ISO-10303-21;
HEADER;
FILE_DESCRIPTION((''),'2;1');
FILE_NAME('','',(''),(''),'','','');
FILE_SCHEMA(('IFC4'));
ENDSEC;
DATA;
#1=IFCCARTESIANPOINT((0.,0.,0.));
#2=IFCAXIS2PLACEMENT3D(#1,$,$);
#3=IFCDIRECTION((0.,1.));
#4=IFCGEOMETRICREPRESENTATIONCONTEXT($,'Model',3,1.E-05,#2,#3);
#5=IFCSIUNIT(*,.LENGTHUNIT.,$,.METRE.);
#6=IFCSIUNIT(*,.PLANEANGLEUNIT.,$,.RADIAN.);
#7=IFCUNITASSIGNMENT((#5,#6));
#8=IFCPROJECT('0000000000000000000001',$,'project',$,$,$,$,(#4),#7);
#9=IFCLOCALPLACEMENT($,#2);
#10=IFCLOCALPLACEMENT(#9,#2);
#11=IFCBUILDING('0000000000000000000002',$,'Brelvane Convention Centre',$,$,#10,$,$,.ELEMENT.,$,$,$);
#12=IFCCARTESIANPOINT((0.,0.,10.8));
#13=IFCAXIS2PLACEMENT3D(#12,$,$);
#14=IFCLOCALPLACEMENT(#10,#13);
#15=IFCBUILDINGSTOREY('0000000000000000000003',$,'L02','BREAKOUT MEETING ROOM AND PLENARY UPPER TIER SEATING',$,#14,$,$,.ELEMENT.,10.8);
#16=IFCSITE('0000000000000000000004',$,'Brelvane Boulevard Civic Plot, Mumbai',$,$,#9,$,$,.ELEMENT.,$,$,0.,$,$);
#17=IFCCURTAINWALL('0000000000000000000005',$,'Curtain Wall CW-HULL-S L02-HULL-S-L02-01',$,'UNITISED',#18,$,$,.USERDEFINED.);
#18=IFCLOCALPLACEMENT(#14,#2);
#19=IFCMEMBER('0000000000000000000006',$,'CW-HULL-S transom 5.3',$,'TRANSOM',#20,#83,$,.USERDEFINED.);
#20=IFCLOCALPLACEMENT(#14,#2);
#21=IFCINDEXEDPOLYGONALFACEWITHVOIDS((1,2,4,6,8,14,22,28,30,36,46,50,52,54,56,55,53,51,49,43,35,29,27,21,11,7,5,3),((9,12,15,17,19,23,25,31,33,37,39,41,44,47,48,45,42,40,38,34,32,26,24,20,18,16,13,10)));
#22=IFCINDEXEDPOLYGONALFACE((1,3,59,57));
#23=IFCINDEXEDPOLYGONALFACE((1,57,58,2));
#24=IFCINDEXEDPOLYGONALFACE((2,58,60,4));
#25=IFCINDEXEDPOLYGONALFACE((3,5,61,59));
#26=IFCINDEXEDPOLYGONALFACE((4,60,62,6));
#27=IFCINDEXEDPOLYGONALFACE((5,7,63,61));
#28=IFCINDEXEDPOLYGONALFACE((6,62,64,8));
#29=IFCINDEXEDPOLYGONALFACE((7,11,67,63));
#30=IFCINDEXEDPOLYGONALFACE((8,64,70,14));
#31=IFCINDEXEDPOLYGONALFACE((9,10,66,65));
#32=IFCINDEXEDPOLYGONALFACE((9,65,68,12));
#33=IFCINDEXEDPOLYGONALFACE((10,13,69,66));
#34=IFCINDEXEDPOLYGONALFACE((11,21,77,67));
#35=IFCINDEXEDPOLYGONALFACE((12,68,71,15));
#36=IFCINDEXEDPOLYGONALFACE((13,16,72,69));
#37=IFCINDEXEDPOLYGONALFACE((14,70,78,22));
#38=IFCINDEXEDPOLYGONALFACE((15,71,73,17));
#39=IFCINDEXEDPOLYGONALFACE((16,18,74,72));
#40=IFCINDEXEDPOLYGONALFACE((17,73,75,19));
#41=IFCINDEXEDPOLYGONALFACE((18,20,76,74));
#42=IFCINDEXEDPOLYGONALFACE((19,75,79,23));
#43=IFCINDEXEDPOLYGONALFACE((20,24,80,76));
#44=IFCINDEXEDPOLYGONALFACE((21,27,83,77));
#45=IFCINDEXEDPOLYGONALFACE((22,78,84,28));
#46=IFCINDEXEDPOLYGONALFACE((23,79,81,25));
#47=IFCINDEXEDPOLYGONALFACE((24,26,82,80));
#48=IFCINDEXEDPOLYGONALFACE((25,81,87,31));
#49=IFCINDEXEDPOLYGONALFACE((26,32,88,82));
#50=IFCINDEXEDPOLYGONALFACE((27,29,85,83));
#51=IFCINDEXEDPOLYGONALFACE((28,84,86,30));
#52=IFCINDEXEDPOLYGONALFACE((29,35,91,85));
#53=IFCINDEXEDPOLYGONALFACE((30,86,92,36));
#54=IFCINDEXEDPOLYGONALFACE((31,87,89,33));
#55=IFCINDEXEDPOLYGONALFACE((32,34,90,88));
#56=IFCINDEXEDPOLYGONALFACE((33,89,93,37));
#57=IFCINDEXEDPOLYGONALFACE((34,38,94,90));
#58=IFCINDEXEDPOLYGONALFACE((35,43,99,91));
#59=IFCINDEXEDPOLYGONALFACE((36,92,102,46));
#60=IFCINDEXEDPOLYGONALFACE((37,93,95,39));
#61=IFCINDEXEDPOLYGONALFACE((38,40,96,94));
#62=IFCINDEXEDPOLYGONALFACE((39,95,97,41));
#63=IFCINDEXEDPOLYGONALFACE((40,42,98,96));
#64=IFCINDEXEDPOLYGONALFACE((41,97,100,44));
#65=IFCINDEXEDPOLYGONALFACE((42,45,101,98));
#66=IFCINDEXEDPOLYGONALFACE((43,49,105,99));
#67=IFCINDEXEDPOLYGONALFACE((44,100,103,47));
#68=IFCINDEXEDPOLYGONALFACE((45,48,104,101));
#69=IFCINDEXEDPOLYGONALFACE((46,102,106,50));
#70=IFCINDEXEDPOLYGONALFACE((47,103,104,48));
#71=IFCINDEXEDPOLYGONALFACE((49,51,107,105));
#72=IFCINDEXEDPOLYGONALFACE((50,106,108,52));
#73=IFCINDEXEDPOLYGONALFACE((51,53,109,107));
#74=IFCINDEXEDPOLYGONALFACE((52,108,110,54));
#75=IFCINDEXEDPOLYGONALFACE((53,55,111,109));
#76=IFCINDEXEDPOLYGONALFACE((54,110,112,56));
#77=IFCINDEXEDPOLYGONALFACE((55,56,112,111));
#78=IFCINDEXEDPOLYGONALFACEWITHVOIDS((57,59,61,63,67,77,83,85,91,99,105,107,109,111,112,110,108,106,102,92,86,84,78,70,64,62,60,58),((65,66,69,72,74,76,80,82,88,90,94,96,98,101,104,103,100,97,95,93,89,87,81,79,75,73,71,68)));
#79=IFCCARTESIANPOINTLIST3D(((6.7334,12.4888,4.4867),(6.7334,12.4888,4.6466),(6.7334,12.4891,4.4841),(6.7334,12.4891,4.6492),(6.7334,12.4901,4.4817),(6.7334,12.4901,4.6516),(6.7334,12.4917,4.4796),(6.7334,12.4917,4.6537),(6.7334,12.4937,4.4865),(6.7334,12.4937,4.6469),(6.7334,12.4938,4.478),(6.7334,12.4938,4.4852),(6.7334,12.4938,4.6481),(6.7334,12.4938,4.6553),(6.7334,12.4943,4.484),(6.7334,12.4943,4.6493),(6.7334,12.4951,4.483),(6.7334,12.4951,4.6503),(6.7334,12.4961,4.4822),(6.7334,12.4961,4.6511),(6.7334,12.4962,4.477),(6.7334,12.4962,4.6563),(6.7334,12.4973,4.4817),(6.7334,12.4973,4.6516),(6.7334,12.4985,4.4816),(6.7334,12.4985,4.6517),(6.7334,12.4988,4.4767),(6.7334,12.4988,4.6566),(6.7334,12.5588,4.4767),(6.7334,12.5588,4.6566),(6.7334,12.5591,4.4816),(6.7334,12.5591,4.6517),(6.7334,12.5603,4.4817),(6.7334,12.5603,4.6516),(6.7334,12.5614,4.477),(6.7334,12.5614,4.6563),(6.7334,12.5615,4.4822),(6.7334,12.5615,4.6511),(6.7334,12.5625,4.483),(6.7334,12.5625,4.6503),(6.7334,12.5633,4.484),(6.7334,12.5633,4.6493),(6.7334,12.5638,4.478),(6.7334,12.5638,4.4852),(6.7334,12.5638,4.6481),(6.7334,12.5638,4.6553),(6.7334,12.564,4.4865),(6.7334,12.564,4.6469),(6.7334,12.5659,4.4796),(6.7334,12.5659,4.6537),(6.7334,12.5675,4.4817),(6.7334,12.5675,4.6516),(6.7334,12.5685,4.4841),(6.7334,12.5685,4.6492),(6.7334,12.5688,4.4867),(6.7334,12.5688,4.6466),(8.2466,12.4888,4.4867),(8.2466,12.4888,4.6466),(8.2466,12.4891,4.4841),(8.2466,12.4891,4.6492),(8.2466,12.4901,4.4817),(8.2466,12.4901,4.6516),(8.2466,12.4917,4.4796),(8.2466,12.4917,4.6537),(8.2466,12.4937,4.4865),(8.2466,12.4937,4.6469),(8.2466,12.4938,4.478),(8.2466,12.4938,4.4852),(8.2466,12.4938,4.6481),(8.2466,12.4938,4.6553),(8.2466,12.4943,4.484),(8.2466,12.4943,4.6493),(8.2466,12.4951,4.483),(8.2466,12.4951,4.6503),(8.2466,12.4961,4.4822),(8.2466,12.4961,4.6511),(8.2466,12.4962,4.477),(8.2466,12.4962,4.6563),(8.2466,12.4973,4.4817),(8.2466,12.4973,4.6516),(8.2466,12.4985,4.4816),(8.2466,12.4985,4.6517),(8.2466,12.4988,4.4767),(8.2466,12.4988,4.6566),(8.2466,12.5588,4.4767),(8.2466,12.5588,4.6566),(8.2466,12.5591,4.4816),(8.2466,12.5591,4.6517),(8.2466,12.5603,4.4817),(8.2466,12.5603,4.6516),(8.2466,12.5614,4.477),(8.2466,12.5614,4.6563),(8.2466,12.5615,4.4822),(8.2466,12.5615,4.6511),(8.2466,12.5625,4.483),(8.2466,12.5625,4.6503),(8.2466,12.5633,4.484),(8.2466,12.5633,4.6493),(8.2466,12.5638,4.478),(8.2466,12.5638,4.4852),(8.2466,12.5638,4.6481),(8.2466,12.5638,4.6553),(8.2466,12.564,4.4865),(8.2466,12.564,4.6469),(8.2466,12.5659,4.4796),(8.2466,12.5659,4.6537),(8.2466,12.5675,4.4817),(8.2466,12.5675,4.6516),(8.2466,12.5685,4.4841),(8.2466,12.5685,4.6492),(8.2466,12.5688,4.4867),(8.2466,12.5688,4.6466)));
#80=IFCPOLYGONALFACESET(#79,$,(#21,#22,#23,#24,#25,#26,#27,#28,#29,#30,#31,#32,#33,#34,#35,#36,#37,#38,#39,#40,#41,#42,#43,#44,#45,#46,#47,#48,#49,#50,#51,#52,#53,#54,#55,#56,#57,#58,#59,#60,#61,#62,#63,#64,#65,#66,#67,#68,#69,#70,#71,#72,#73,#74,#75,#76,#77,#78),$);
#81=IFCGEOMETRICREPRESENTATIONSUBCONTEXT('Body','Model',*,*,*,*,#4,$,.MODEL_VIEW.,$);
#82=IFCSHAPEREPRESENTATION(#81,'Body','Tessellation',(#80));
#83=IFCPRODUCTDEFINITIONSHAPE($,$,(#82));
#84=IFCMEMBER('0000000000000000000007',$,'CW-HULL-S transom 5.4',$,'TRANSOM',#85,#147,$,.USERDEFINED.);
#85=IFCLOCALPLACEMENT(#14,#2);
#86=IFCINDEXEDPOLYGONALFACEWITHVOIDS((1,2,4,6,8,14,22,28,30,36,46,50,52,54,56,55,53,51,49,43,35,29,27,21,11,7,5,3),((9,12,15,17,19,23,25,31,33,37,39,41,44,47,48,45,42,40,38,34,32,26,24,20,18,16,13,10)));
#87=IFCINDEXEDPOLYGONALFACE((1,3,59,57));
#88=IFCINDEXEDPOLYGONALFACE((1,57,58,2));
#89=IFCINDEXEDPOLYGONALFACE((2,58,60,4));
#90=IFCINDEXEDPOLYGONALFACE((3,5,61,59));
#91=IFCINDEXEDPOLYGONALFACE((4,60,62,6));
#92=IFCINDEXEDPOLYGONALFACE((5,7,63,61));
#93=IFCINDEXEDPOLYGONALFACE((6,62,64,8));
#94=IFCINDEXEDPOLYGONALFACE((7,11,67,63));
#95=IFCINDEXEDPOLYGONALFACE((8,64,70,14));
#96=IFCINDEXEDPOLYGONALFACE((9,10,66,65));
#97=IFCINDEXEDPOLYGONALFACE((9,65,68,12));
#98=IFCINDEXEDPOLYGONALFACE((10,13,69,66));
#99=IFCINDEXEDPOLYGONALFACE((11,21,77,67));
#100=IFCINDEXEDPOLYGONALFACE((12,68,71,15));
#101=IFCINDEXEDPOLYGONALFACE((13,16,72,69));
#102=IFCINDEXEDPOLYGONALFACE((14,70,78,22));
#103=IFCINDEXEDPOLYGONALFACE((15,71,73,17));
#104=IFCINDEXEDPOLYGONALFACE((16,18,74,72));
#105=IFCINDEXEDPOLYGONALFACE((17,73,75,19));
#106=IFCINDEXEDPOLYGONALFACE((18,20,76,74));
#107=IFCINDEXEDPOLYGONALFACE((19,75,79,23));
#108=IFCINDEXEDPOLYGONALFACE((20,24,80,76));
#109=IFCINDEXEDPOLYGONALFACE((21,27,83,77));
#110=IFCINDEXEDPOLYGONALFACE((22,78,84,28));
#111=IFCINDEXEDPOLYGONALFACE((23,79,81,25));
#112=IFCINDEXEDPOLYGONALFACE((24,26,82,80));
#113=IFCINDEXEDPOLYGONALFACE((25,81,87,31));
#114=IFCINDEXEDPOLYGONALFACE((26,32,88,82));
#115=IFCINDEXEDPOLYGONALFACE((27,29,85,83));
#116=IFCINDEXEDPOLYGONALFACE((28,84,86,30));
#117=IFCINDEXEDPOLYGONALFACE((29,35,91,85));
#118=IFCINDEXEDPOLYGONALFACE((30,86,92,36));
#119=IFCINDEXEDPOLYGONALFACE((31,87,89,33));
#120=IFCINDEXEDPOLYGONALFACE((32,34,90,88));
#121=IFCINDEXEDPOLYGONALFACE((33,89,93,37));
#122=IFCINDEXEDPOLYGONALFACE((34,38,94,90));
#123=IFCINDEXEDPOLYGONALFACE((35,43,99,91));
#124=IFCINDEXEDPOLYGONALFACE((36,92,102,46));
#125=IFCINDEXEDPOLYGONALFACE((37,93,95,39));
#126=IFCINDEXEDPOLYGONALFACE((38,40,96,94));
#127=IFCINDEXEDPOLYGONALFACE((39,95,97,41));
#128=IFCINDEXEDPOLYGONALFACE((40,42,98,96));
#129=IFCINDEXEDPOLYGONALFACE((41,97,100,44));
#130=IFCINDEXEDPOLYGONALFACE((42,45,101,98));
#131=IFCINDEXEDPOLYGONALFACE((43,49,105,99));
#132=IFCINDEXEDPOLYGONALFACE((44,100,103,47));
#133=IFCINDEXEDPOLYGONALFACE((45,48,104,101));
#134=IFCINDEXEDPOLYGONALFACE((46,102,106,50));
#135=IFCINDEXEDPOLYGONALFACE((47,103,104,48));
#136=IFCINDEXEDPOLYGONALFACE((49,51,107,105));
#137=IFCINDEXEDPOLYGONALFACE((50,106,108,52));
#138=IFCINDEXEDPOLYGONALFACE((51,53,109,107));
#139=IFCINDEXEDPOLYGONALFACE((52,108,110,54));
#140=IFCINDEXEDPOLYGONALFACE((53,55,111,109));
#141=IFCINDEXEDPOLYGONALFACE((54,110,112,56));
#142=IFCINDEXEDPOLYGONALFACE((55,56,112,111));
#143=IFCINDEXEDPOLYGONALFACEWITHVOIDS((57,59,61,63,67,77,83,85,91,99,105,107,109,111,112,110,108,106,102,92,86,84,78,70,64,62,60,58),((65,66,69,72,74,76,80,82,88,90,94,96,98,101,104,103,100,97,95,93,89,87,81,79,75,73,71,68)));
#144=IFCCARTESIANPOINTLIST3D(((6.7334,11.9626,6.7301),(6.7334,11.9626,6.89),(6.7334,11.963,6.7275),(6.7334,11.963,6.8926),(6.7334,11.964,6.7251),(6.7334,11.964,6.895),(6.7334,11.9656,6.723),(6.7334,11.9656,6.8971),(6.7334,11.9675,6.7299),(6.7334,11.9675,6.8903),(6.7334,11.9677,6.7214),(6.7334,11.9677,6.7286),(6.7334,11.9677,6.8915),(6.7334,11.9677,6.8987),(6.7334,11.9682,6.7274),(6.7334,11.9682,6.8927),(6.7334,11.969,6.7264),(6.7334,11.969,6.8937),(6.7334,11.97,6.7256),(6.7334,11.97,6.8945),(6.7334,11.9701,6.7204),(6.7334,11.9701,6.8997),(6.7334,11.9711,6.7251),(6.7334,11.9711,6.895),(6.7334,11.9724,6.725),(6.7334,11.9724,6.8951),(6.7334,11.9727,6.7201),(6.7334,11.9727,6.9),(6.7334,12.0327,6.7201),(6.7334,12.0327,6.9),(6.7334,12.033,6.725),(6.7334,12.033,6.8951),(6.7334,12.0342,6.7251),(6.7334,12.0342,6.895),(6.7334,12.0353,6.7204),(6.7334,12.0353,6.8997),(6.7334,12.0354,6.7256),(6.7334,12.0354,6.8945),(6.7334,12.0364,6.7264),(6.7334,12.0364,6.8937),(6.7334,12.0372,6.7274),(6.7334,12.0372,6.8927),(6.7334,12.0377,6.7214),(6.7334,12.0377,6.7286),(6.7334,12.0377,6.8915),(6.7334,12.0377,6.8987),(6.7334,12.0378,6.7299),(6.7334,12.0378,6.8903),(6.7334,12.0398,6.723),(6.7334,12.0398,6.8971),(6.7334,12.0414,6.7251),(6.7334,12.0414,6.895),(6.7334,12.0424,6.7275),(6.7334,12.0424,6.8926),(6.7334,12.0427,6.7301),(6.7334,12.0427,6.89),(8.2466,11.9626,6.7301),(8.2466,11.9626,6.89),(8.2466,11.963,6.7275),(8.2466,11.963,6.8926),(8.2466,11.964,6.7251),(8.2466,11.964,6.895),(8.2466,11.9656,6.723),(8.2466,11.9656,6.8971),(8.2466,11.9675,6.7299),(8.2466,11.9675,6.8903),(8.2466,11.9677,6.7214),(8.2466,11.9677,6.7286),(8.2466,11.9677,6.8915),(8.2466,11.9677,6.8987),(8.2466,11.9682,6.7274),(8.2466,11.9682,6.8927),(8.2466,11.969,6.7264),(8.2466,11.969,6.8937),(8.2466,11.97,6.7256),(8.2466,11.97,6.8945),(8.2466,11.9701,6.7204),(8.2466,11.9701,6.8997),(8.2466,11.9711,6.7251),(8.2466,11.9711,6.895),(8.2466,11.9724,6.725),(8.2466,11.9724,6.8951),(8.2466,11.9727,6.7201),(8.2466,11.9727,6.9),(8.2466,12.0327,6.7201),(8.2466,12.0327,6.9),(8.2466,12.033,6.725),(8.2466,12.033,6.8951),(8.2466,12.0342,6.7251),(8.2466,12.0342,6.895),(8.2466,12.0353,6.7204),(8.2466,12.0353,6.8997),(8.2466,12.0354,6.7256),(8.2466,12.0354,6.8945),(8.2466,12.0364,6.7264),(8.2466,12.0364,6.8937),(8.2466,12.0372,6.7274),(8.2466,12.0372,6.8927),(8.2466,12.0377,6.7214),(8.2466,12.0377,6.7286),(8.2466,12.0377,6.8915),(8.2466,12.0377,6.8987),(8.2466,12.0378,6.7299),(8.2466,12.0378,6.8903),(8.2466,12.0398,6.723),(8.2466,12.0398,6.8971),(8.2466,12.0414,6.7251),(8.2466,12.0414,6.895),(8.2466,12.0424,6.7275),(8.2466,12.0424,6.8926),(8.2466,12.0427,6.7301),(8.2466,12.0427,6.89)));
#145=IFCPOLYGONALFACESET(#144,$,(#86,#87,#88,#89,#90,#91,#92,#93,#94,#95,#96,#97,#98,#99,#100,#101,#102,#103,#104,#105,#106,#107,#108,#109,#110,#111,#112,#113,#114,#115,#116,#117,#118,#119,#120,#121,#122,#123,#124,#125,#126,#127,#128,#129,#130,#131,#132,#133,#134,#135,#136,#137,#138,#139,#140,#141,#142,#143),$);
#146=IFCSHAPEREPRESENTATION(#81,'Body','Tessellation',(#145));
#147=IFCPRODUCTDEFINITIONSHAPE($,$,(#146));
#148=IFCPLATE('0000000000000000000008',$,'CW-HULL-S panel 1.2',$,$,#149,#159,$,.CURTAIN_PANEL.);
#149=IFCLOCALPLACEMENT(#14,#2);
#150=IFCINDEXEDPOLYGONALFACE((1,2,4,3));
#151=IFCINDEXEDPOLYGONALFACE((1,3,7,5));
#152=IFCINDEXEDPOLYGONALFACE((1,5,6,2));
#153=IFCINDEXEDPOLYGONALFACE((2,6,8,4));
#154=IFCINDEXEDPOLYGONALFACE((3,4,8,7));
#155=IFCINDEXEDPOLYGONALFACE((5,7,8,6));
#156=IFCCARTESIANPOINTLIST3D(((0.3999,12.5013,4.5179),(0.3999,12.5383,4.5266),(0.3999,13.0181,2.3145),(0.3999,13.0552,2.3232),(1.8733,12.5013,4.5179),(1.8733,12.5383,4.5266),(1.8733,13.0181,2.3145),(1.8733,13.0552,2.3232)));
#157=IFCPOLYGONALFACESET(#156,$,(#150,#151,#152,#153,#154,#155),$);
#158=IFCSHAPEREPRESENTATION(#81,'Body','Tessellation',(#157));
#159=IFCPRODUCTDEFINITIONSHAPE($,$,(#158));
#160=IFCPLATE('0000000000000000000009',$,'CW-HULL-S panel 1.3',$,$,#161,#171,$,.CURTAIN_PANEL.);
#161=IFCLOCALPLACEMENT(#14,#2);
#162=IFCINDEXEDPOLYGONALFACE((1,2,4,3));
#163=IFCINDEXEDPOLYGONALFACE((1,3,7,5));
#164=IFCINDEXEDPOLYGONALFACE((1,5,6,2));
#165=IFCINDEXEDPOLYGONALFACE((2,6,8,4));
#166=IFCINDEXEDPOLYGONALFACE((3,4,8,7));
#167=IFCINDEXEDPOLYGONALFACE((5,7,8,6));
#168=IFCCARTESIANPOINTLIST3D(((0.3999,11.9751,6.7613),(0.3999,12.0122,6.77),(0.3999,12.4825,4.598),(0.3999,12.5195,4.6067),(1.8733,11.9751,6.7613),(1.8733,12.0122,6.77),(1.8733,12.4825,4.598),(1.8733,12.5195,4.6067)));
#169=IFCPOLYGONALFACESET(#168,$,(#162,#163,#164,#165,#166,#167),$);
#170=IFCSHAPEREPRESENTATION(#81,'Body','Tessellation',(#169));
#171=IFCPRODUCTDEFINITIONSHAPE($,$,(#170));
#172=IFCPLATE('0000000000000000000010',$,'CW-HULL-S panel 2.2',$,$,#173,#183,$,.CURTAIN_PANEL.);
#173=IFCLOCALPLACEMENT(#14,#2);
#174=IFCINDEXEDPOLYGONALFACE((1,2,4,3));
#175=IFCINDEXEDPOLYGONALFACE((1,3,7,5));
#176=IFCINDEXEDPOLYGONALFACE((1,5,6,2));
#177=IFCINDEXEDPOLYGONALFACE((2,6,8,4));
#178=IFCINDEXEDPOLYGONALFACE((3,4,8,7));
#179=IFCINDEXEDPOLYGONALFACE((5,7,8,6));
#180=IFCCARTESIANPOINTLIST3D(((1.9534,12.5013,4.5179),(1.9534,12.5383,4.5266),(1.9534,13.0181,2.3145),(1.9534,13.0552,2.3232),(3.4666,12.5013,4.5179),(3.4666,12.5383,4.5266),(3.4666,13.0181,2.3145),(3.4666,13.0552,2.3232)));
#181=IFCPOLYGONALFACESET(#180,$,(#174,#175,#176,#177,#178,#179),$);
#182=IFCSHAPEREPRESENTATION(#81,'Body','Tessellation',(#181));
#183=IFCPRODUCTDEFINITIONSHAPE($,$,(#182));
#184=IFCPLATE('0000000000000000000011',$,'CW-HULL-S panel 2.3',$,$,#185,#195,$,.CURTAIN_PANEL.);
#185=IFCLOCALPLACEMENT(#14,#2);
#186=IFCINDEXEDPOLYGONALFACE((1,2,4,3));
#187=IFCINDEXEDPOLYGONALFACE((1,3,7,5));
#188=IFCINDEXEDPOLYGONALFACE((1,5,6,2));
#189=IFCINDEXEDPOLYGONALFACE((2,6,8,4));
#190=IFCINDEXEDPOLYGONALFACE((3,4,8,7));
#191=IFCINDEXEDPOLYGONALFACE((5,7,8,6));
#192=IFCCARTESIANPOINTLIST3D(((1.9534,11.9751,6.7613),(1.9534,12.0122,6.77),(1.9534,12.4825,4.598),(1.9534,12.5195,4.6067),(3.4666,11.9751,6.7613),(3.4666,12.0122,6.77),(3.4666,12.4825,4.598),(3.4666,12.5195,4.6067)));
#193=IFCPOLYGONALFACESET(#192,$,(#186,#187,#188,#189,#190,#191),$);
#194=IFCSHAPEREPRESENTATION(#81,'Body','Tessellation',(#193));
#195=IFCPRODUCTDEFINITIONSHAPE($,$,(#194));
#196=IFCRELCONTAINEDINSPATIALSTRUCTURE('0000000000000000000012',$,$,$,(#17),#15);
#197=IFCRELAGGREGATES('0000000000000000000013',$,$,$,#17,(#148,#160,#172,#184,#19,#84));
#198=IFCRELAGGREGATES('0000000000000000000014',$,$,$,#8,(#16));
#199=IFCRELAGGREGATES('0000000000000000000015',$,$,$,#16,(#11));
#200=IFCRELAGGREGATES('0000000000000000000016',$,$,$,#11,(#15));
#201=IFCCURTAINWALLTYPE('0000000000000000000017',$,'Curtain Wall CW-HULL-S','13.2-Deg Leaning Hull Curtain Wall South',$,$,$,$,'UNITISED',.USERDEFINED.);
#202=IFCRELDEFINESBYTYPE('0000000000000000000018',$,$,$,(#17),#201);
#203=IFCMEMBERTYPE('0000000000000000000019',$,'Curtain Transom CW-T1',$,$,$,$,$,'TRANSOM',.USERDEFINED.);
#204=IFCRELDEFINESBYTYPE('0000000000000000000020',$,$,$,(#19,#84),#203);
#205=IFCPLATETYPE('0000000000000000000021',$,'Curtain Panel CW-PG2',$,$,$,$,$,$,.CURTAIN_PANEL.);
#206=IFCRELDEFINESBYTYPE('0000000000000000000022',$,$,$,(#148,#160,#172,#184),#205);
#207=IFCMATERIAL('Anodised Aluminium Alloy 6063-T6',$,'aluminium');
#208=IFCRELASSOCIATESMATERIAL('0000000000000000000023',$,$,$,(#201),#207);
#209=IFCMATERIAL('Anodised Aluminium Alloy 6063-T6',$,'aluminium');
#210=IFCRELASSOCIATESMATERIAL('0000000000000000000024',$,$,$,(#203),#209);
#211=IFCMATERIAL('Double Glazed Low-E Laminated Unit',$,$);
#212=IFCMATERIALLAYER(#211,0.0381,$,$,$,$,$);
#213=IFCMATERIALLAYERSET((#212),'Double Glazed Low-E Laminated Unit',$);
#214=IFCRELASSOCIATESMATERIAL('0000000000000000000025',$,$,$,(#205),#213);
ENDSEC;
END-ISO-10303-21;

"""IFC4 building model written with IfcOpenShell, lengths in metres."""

from ifc_helpers import new_model, si_unit, direction, frame, origin, origin_2d, place, context, subcontext, project, spatial, polyline, hollow_rectangle, outline, extrude, material, layer, layer_set, material_profile, profile_set, type_object, element, aggregate, save


model = new_model("IFC4")

# Units and contexts
model_context = context("Model", 3, precision=1e-05, world=origin(), true_north=direction((0.0, 1.0)))
body_context = subcontext(model_context, "Body", "Model", "MODEL_VIEW")
ifc_project = project(units=[si_unit("LENGTHUNIT", "METRE"), si_unit("PLANEANGLEUNIT", "RADIAN")], contexts=[model_context])

# Site, building, storey
site_placement = place(None, origin())
site = spatial("IfcSite", under=ifc_project, at=site_placement, Name="Brelvane Boulevard Civic Plot, Mumbai", CompositionType="ELEMENT", RefElevation=0.0)
building_placement = place(site_placement, origin())
building = spatial("IfcBuilding", under=site, at=building_placement, Name="Brelvane Convention Centre", CompositionType="ELEMENT")
storey_placement = place(building_placement, frame((0.0, 0.0, 10.8)))
storey = spatial("IfcBuildingStorey", under=building, at=storey_placement, Name="L02", Description="BREAKOUT MEETING ROOM AND PLENARY UPPER TIER SEATING", CompositionType="ELEMENT", Elevation=10.8)

# Curtain wall, members, plates
ifc_material_1 = material(Name="Anodised Aluminium Alloy 6063-T6", Category="aluminium")
curtain_wall_type = type_object("IfcCurtainWallType", Name="Curtain Wall CW-HULL-S", Description="13.2-Deg Leaning Hull Curtain Wall South", ElementType="UNITISED", PredefinedType="USERDEFINED", material=ifc_material_1)
curtain_wall_placement = place(storey_placement, origin())
curtain_wall = element("IfcCurtainWall", 1, at=curtain_wall_placement, inside=storey, type_object=curtain_wall_type, Name="Curtain Wall CW-HULL-S L02-HULL-S-L02-01", ObjectType="UNITISED", PredefinedType="USERDEFINED")
ifc_material_2 = material(Name="Anodised Aluminium Alloy 6063-T6", Category="aluminium")
ifc_material_profile = material_profile(ifc_material_2, hollow_rectangle(XDim=0.0801, YDim=0.1799, WallThickness=0.0049, InnerFilletRadius=0.0049, OuterFilletRadius=0.01, at=origin_2d()), Name="ALU-T 180x80x5.0")
ifc_profile_set = profile_set([ifc_material_profile], Name="Anodised Aluminium Alloy 6063-T6")
member_type = type_object("IfcMemberType", Name="Curtain Transom CW-T1", ElementType="TRANSOM", PredefinedType="USERDEFINED", material=ifc_profile_set)
member_1_placement = place(storey_placement, frame((6.7334, 12.5288, 4.5667), z_axis=(1.0, 0.0, 0.0), x_axis=(0.0, 1.0, 0.0)))
member_1 = element("IfcMember", 2, at=member_1_placement, type_object=member_type, Name="CW-HULL-S transom 5.3", ObjectType="TRANSOM", PredefinedType="USERDEFINED", context=body_context, shape_type="SweptSolid", body=[
    extrude(hollow_rectangle(XDim=0.0801, YDim=0.1799, WallThickness=0.0049, InnerFilletRadius=0.0049, OuterFilletRadius=0.01, at=origin_2d()), origin(), (0.0, 0.0, 1.0), 1.5132),
])
member_2_placement = place(storey_placement, frame((6.7334, 12.0027, 6.8101), z_axis=(1.0, 0.0, 0.0), x_axis=(0.0, 1.0, 0.0)))
member_2 = element("IfcMember", 3, at=member_2_placement, type_object=member_type, Name="CW-HULL-S transom 5.4", ObjectType="TRANSOM", PredefinedType="USERDEFINED", context=body_context, shape_type="SweptSolid", body=[
    extrude(hollow_rectangle(XDim=0.0801, YDim=0.1799, WallThickness=0.0049, InnerFilletRadius=0.0049, OuterFilletRadius=0.01, at=origin_2d()), origin(), (0.0, 0.0, 1.0), 1.5132),
])
ifc_material_3 = material(Name="Double Glazed Low-E Laminated Unit")
ifc_layer_1 = layer(ifc_material_3, 0.0381)
ifc_layer_set_1 = layer_set([ifc_layer_1], Name="Double Glazed Low-E Laminated Unit")
plate_type = type_object("IfcPlateType", Name="Curtain Panel CW-PG2", PredefinedType="CURTAIN_PANEL", material=ifc_layer_set_1)
plate_1_placement = place(storey_placement, frame((0.3999, 13.0552, 2.3232), z_axis=(0.0, 0.973574, 0.228372), x_axis=(1.0, 0.0, 0.0)))
plate_1 = element("IfcPlate", 4, at=plate_1_placement, type_object=plate_type, Name="CW-HULL-S panel 1.2", PredefinedType="CURTAIN_PANEL", context=body_context, shape_type="SweptSolid", body=[
    extrude(outline(polyline([(0.0, 0.0), (1.4734, 0.0), (1.4734, -2.2632), (0.0, -2.2632), (0.0, 0.0)])), origin(), (0.0, 0.0, -1.0), 0.0381),
])
plate_2_placement = place(storey_placement, frame((0.3999, 12.5195, 4.6067), z_axis=(0.0, 0.973587, 0.228317), x_axis=(1.0, 0.0, 0.0)))
plate_2 = element("IfcPlate", 5, at=plate_2_placement, type_object=plate_type, Name="CW-HULL-S panel 1.3", PredefinedType="CURTAIN_PANEL", context=body_context, shape_type="SweptSolid", body=[
    extrude(outline(polyline([(0.0, 0.0), (1.4734, 0.0), (1.4734, -2.222), (0.0, -2.222), (0.0, 0.0)])), origin(), (0.0, 0.0, -1.0), 0.0381),
])
plate_3_placement = place(storey_placement, frame((1.9534, 13.0552, 2.3232), z_axis=(0.0, 0.973574, 0.228372), x_axis=(1.0, 0.0, 0.0)))
plate_3 = element("IfcPlate", 6, at=plate_3_placement, type_object=plate_type, Name="CW-HULL-S panel 2.2", PredefinedType="CURTAIN_PANEL", context=body_context, shape_type="SweptSolid", body=[
    extrude(outline(polyline([(0.0, 0.0), (1.5132, 0.0), (1.5132, -2.2632), (0.0, -2.2632), (0.0, 0.0)])), origin(), (0.0, 0.0, -1.0), 0.0381),
])
plate_4_placement = place(storey_placement, frame((1.9534, 12.5195, 4.6067), z_axis=(0.0, 0.973587, 0.228317), x_axis=(1.0, 0.0, 0.0)))
plate_4 = element("IfcPlate", 7, at=plate_4_placement, type_object=plate_type, Name="CW-HULL-S panel 2.3", PredefinedType="CURTAIN_PANEL", context=body_context, shape_type="SweptSolid", body=[
    extrude(outline(polyline([(0.0, 0.0), (1.5132, 0.0), (1.5132, -2.222), (0.0, -2.222), (0.0, 0.0)])), origin(), (0.0, 0.0, -1.0), 0.0381),
])
aggregate(curtain_wall, [plate_1, plate_2, plate_3, plate_4, member_1, member_2])

save(model, "model.ifc")
